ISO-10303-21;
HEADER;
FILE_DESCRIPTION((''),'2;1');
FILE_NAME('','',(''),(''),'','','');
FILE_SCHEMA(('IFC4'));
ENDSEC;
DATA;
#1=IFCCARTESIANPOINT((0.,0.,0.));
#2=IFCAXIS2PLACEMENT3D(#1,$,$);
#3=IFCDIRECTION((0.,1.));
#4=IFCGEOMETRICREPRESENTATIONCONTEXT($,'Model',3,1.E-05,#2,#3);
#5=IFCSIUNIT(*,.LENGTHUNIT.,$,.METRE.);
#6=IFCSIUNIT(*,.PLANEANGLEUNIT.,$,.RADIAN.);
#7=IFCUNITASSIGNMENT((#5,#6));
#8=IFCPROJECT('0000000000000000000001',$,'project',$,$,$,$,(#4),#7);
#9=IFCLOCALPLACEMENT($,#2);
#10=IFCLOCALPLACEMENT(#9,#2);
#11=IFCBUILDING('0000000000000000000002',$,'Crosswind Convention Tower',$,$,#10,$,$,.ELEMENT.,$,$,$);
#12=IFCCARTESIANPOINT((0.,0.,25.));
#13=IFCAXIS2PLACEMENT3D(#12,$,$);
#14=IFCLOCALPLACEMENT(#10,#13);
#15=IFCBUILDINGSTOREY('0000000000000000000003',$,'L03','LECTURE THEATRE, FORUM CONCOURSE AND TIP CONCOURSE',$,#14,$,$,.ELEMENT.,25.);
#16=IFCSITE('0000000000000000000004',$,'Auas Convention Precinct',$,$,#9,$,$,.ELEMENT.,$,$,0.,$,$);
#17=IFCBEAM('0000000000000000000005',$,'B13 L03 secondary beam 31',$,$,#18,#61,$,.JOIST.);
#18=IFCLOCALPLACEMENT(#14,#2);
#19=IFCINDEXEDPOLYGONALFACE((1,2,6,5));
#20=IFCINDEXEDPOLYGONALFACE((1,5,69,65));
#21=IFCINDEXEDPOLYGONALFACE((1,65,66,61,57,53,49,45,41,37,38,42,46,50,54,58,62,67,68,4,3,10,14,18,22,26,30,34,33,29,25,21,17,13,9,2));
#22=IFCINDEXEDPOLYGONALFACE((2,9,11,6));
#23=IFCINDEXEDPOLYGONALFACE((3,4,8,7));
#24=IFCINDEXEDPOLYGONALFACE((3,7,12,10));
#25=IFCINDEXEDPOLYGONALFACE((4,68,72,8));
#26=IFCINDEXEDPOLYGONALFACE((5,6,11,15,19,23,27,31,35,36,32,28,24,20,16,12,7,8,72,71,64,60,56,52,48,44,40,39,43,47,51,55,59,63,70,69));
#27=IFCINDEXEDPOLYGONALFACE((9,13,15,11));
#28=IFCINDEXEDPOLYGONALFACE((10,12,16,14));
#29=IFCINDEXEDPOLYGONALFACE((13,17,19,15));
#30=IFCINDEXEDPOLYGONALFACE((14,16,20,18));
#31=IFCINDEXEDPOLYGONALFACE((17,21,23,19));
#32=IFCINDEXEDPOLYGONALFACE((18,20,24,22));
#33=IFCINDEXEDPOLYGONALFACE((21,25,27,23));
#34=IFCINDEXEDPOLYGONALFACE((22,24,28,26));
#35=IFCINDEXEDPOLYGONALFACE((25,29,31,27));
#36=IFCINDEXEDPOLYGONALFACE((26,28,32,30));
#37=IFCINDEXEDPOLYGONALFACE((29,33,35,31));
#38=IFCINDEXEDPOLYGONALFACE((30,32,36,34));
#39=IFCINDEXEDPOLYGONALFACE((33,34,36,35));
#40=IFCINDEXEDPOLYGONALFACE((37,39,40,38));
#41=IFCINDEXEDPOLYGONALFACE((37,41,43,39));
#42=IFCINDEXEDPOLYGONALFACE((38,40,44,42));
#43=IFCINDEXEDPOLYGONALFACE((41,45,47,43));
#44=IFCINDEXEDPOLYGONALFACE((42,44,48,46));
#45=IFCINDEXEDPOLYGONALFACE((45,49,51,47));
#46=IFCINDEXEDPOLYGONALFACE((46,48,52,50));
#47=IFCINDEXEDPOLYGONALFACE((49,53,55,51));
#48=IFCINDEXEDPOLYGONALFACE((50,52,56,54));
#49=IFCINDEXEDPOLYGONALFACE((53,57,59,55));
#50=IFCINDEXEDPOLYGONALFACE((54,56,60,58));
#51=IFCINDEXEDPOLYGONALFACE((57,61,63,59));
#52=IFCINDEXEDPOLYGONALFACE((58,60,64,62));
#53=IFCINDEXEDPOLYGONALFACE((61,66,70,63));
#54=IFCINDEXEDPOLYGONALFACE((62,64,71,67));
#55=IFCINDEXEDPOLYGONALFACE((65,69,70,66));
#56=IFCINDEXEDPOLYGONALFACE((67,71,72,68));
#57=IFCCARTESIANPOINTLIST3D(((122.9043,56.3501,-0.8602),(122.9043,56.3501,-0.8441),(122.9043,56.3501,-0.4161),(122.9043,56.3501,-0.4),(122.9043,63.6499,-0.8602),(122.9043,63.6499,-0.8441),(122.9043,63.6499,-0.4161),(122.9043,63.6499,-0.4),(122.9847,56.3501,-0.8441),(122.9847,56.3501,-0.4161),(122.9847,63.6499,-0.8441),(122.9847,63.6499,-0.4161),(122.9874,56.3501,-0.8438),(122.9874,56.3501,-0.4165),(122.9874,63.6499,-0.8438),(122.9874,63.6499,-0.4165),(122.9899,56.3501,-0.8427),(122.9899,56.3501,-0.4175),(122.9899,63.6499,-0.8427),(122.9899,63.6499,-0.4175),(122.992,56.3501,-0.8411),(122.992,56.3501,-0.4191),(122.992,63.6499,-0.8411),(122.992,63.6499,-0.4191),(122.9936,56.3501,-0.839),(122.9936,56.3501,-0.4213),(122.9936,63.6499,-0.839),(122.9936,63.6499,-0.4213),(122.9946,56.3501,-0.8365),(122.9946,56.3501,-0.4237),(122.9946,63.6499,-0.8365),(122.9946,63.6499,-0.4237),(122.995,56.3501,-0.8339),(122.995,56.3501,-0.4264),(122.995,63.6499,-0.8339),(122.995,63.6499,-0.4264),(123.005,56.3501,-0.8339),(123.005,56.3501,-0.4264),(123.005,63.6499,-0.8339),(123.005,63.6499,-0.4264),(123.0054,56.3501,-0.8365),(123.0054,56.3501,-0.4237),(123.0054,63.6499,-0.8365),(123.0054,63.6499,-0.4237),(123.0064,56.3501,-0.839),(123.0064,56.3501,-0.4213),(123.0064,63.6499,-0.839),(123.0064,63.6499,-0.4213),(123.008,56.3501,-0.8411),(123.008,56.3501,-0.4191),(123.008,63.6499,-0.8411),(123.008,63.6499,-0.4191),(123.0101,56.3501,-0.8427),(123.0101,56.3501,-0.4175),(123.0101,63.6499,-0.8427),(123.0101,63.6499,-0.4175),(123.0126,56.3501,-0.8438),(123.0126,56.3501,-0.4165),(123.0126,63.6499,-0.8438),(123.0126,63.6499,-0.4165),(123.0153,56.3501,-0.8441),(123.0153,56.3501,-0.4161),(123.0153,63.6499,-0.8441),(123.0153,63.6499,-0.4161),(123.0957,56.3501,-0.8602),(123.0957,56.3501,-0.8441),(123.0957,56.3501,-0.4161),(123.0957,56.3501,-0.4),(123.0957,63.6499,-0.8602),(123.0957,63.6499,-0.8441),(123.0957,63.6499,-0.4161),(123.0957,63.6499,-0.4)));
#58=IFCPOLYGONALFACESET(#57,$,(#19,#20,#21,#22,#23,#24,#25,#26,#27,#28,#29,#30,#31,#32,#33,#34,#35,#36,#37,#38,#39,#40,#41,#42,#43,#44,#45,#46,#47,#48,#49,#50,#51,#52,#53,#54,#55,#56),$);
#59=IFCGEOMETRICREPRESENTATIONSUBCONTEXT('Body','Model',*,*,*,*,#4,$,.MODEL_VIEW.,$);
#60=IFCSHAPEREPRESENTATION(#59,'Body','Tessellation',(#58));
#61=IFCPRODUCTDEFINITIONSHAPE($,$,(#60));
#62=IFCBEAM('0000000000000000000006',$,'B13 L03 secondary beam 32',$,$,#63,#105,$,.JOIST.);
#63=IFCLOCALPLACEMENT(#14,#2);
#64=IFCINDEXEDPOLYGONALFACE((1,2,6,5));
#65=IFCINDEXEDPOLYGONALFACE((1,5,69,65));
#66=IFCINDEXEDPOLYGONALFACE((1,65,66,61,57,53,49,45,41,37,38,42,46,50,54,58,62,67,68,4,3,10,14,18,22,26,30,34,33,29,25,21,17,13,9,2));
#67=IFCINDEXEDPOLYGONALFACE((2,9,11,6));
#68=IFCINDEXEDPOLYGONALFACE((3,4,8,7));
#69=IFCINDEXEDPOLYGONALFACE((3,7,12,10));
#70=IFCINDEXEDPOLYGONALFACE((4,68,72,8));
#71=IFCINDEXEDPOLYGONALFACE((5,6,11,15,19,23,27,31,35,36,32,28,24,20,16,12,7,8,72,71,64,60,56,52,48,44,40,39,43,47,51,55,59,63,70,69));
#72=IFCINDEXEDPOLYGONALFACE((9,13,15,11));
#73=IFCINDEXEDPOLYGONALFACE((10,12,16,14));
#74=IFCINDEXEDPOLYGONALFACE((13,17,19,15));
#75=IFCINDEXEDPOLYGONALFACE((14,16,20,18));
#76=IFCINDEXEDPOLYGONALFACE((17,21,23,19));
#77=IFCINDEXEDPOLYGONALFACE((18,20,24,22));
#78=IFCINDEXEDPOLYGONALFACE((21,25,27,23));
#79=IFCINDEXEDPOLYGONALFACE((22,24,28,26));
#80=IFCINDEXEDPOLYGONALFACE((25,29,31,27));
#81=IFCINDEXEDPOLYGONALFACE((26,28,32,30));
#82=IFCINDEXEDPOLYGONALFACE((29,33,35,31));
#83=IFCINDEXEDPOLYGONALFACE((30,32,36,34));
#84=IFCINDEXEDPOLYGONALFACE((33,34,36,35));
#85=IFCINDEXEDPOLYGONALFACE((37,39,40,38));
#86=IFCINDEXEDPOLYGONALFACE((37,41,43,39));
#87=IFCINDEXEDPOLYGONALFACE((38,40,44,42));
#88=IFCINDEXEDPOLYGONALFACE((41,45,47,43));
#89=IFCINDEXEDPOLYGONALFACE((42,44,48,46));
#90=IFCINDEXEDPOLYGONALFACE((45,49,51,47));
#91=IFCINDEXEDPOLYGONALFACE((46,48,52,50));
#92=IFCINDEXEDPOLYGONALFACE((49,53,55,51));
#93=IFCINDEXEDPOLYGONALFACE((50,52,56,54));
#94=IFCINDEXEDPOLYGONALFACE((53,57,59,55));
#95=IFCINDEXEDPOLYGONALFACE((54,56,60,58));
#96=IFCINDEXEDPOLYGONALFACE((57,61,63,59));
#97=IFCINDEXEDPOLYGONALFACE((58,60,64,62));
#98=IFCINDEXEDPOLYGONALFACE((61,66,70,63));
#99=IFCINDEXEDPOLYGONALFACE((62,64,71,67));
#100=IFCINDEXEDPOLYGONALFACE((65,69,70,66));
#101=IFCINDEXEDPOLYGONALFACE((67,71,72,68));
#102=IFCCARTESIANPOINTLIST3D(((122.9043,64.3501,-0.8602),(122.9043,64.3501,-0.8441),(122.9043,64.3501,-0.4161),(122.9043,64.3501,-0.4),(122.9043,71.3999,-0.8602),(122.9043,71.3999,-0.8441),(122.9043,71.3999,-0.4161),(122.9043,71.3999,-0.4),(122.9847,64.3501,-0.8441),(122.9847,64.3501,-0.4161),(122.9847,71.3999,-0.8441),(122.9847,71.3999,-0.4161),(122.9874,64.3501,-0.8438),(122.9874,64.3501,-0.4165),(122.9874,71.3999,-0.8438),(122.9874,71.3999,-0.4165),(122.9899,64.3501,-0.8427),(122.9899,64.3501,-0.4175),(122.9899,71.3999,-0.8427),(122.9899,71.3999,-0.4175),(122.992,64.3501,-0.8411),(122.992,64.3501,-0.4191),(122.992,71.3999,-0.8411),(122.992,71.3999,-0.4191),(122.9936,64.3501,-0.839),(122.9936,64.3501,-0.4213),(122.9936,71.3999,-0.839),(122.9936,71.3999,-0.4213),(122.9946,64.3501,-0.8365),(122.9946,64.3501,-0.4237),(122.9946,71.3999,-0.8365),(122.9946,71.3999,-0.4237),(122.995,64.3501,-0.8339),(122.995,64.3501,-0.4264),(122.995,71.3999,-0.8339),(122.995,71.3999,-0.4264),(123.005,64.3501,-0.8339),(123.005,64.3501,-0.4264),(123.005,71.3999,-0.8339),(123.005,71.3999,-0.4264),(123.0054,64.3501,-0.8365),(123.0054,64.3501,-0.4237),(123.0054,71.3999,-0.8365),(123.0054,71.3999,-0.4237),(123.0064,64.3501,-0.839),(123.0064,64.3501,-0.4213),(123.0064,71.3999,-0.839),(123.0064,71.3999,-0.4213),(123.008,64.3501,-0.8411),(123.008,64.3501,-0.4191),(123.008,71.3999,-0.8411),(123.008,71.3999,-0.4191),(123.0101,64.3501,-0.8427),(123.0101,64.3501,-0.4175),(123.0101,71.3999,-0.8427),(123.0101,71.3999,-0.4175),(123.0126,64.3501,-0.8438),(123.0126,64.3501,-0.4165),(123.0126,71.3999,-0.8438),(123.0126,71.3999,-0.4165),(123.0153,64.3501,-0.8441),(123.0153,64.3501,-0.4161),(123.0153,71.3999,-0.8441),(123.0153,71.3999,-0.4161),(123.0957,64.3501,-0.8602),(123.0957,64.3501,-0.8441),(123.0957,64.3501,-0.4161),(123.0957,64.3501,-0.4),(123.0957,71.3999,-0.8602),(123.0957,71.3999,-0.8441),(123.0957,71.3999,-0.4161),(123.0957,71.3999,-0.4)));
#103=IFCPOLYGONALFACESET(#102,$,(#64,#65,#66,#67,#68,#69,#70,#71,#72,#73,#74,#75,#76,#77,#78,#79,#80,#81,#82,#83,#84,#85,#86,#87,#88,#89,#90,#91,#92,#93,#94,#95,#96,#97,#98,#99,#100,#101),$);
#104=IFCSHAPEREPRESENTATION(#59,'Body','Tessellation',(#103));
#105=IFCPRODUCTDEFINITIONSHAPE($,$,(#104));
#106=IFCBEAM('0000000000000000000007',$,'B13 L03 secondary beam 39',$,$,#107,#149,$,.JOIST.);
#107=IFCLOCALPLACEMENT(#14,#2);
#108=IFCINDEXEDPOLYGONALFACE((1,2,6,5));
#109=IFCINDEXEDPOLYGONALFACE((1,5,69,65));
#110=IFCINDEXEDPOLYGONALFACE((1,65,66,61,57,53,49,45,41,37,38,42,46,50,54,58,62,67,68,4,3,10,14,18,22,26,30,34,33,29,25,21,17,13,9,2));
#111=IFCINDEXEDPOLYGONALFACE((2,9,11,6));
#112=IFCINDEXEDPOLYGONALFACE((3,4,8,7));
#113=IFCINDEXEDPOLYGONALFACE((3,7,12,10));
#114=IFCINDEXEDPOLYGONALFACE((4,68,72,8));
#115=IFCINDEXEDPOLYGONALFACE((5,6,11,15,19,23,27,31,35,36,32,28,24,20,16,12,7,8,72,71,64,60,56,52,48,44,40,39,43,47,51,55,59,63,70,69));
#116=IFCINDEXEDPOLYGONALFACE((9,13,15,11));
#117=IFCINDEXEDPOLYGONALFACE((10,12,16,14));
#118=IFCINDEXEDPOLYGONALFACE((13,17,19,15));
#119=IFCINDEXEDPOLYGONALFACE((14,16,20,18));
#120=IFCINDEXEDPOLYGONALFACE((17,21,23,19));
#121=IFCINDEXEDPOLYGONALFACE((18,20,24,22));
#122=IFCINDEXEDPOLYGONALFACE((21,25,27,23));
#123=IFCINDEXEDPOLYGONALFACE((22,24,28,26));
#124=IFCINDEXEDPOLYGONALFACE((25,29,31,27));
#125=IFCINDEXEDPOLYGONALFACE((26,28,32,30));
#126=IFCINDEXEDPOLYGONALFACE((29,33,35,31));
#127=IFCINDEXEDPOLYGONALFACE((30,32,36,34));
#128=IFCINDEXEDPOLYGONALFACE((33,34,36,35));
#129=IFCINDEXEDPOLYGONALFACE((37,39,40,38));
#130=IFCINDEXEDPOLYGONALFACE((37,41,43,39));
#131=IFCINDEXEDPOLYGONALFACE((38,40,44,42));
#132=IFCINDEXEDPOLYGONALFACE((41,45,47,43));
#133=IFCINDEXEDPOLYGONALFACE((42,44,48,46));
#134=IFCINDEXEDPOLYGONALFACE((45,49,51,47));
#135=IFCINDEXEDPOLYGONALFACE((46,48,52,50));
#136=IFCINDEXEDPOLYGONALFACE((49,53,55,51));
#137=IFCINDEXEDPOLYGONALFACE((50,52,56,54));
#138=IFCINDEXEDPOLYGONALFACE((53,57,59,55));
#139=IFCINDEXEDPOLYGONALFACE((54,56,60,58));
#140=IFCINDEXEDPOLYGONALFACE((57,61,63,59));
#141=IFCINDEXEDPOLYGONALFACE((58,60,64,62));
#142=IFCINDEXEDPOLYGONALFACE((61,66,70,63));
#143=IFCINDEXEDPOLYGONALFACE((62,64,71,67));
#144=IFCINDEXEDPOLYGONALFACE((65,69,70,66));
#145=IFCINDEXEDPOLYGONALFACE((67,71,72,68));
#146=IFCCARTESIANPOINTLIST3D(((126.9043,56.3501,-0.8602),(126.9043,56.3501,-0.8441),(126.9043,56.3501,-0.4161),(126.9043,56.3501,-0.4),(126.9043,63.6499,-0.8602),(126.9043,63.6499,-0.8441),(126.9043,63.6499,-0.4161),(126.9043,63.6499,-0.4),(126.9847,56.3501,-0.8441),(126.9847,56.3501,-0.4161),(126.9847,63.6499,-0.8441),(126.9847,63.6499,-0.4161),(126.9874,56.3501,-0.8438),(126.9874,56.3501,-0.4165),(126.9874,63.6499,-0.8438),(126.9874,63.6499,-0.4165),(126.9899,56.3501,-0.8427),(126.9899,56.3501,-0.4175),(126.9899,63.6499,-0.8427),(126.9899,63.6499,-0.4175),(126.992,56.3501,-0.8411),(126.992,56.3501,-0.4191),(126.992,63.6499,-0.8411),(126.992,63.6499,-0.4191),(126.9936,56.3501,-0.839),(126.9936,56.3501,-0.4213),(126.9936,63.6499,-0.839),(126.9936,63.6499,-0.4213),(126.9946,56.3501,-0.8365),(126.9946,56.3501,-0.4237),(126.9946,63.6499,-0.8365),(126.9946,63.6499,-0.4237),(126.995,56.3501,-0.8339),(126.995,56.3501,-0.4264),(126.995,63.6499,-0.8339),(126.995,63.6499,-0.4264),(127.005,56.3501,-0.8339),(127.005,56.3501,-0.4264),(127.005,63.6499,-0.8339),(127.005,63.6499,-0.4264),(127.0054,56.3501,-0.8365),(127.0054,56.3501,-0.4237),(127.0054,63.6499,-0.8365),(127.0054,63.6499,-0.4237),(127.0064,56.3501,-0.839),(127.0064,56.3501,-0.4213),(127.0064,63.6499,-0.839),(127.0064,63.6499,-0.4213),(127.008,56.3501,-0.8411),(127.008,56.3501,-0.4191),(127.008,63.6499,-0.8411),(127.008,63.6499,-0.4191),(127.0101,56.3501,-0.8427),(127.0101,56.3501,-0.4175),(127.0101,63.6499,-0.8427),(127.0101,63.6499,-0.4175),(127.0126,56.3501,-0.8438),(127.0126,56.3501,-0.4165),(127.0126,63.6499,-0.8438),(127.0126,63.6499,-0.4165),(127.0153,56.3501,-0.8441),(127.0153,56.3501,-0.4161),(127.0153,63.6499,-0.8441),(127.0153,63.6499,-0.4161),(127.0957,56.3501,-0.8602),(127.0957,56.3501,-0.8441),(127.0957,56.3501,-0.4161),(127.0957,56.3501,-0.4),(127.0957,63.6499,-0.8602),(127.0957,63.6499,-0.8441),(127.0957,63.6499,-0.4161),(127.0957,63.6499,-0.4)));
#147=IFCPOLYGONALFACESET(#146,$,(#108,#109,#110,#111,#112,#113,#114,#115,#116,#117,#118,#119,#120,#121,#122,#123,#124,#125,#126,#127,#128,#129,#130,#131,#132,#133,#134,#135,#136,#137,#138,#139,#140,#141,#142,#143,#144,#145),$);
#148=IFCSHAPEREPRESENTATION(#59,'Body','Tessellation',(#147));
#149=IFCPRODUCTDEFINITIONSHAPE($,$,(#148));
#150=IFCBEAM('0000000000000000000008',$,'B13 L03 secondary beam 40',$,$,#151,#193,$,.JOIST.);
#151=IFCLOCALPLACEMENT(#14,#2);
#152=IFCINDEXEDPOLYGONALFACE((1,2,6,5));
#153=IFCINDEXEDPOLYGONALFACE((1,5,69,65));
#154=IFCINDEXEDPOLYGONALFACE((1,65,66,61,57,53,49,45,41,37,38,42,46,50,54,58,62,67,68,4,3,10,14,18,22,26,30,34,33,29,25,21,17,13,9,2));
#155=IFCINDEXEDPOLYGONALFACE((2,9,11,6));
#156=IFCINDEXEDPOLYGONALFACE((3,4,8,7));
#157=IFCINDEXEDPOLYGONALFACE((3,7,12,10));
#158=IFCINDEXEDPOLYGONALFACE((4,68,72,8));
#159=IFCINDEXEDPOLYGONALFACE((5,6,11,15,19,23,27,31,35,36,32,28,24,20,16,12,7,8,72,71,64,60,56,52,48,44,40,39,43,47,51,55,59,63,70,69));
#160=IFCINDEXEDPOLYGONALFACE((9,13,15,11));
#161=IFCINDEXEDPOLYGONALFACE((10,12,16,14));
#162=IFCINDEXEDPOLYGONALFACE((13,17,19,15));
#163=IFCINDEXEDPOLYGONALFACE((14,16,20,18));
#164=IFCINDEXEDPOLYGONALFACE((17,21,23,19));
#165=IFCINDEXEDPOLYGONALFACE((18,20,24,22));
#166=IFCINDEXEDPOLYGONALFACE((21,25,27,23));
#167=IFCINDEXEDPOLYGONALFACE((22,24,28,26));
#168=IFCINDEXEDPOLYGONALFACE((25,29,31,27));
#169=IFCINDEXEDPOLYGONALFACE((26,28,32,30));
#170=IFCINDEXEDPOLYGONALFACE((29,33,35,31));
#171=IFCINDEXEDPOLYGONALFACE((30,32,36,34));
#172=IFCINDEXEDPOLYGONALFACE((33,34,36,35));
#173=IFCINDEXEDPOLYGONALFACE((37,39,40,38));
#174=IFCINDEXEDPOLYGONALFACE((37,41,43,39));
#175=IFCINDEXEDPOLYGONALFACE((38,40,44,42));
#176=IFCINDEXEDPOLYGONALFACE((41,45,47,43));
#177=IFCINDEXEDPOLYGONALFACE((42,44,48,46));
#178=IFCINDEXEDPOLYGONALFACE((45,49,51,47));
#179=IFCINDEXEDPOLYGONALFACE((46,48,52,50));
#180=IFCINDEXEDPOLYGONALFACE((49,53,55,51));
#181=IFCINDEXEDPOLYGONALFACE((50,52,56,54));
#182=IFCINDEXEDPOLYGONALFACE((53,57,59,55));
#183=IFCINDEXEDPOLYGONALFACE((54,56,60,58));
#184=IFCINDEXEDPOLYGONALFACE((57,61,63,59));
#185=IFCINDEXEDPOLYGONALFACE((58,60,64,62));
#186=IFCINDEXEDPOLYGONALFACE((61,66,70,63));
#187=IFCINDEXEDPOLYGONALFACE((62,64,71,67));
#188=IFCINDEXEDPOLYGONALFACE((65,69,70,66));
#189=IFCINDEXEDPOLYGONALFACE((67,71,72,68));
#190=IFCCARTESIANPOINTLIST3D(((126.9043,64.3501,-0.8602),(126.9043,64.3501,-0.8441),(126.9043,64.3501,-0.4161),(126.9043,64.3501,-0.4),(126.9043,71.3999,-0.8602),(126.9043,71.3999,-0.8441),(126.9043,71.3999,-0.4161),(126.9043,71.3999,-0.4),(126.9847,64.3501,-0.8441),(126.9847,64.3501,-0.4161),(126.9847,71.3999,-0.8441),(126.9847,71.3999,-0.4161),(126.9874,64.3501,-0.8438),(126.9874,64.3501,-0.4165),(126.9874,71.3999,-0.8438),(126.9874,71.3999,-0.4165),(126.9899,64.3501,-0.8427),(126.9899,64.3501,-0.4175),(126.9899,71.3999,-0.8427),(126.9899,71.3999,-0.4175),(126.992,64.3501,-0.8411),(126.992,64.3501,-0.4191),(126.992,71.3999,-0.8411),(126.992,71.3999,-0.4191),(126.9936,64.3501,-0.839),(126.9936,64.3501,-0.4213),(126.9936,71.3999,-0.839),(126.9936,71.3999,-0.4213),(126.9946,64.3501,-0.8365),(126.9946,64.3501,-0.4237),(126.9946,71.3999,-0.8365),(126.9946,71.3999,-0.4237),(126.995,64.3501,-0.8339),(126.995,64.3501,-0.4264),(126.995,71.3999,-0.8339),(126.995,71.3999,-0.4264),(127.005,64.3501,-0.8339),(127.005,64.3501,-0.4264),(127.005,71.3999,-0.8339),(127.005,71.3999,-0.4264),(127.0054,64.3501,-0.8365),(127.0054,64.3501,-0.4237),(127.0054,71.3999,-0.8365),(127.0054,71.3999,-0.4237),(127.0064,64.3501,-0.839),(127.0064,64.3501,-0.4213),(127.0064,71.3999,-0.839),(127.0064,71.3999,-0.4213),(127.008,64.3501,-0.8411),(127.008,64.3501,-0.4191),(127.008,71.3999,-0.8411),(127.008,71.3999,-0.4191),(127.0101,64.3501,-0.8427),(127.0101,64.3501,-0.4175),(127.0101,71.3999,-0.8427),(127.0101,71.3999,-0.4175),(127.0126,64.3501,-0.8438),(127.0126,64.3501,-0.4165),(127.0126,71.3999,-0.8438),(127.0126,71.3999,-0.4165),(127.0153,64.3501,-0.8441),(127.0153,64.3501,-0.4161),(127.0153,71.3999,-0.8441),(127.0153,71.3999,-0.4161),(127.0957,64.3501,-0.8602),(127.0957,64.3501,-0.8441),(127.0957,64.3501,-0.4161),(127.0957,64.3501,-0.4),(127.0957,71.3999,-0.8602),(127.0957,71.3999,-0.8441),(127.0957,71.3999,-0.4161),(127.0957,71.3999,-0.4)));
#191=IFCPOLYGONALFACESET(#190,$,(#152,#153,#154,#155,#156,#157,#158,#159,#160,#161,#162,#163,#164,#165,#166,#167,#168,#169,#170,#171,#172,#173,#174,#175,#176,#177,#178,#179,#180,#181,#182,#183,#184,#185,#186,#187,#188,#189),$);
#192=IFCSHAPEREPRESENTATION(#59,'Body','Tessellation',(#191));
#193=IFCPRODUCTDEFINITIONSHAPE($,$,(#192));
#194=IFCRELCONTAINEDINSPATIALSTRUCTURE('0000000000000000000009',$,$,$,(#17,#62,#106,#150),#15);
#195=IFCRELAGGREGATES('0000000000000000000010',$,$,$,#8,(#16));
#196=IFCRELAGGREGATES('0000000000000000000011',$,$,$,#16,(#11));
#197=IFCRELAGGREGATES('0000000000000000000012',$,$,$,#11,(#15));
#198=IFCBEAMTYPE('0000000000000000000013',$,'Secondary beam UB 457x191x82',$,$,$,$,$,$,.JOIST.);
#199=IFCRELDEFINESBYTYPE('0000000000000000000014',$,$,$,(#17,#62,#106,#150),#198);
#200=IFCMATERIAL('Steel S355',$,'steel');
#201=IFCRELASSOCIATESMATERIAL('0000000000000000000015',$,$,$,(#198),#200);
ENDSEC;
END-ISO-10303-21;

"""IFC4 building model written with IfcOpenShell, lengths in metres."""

from ifc_helpers import new_model, si_unit, direction, frame, origin, origin_2d, place, context, subcontext, project, spatial, i_section, extrude, material, material_profile, profile_set, type_object, element, save


model = new_model("IFC4")

# Units and contexts
model_context = context("Model", 3, precision=1e-05, world=origin(), true_north=direction((0.0, 1.0)))
body_context = subcontext(model_context, "Body", "Model", "MODEL_VIEW")
ifc_project = project(units=[si_unit("LENGTHUNIT", "METRE"), si_unit("PLANEANGLEUNIT", "RADIAN")], contexts=[model_context])

# Site, building, storey
site_placement = place(None, origin())
site = spatial("IfcSite", under=ifc_project, at=site_placement, Name="Auas Convention Precinct", CompositionType="ELEMENT", RefElevation=0.0)
building_placement = place(site_placement, origin())
building = spatial("IfcBuilding", under=site, at=building_placement, Name="Crosswind Convention Tower", CompositionType="ELEMENT")
storey_placement = place(building_placement, frame((0.0, 0.0, 25.0)))
storey = spatial("IfcBuildingStorey", under=building, at=storey_placement, Name="L03", Description="LECTURE THEATRE, FORUM CONCOURSE AND TIP CONCOURSE", CompositionType="ELEMENT", Elevation=25.0)

# Shared definitions
ifc_material_1 = material(Name="Steel S355", Category="steel")

# Beams
ifc_material_profile_1 = material_profile(ifc_material_1, i_section(OverallWidth=0.1914, OverallDepth=0.4602, WebThickness=0.01, FlangeThickness=0.0161, FilletRadius=0.0103, at=origin_2d()), Name="UB 457x191x82")
ifc_profile_set_1 = profile_set([ifc_material_profile_1], Name="Steel S355")
beam_type_1 = type_object("IfcBeamType", Name="Secondary beam UB 457x191x82", PredefinedType="JOIST", material=ifc_profile_set_1)
beam_1_placement = place(storey_placement, frame((123.0, 56.3501, -0.6301), z_axis=(0.0, 1.0, 0.0), x_axis=(-1.0, 0.0, 0.0)))
element("IfcBeam", 1, at=beam_1_placement, inside=storey, type_object=beam_type_1, Name="B13 L03 secondary beam 31", PredefinedType="JOIST", context=body_context, shape_type="SweptSolid", body=[
    extrude(i_section(OverallWidth=0.1914, OverallDepth=0.4602, WebThickness=0.01, FlangeThickness=0.0161, FilletRadius=0.0103, at=origin_2d()), origin(), (0.0, 0.0, 1.0), 7.2998),
])
beam_2_placement = place(storey_placement, frame((123.0, 64.3501, -0.6301), z_axis=(0.0, 1.0, 0.0), x_axis=(-1.0, 0.0, 0.0)))
element("IfcBeam", 2, at=beam_2_placement, inside=storey, type_object=beam_type_1, Name="B13 L03 secondary beam 32", PredefinedType="JOIST", context=body_context, shape_type="SweptSolid", body=[
    extrude(i_section(OverallWidth=0.1914, OverallDepth=0.4602, WebThickness=0.01, FlangeThickness=0.0161, FilletRadius=0.0103, at=origin_2d()), origin(), (0.0, 0.0, 1.0), 7.0498),
])
beam_3_placement = place(storey_placement, frame((127.0, 56.3501, -0.6301), z_axis=(0.0, 1.0, 0.0), x_axis=(-1.0, 0.0, 0.0)))
element("IfcBeam", 3, at=beam_3_placement, inside=storey, type_object=beam_type_1, Name="B13 L03 secondary beam 39", PredefinedType="JOIST", context=body_context, shape_type="SweptSolid", body=[
    extrude(i_section(OverallWidth=0.1914, OverallDepth=0.4602, WebThickness=0.01, FlangeThickness=0.0161, FilletRadius=0.0103, at=origin_2d()), origin(), (0.0, 0.0, 1.0), 7.2998),
])
beam_4_placement = place(storey_placement, frame((127.0, 64.3501, -0.6301), z_axis=(0.0, 1.0, 0.0), x_axis=(-1.0, 0.0, 0.0)))
element("IfcBeam", 4, at=beam_4_placement, inside=storey, type_object=beam_type_1, Name="B13 L03 secondary beam 40", PredefinedType="JOIST", context=body_context, shape_type="SweptSolid", body=[
    extrude(i_section(OverallWidth=0.1914, OverallDepth=0.4602, WebThickness=0.01, FlangeThickness=0.0161, FilletRadius=0.0103, at=origin_2d()), origin(), (0.0, 0.0, 1.0), 7.0498),
])

save(model, "model.ifc")
